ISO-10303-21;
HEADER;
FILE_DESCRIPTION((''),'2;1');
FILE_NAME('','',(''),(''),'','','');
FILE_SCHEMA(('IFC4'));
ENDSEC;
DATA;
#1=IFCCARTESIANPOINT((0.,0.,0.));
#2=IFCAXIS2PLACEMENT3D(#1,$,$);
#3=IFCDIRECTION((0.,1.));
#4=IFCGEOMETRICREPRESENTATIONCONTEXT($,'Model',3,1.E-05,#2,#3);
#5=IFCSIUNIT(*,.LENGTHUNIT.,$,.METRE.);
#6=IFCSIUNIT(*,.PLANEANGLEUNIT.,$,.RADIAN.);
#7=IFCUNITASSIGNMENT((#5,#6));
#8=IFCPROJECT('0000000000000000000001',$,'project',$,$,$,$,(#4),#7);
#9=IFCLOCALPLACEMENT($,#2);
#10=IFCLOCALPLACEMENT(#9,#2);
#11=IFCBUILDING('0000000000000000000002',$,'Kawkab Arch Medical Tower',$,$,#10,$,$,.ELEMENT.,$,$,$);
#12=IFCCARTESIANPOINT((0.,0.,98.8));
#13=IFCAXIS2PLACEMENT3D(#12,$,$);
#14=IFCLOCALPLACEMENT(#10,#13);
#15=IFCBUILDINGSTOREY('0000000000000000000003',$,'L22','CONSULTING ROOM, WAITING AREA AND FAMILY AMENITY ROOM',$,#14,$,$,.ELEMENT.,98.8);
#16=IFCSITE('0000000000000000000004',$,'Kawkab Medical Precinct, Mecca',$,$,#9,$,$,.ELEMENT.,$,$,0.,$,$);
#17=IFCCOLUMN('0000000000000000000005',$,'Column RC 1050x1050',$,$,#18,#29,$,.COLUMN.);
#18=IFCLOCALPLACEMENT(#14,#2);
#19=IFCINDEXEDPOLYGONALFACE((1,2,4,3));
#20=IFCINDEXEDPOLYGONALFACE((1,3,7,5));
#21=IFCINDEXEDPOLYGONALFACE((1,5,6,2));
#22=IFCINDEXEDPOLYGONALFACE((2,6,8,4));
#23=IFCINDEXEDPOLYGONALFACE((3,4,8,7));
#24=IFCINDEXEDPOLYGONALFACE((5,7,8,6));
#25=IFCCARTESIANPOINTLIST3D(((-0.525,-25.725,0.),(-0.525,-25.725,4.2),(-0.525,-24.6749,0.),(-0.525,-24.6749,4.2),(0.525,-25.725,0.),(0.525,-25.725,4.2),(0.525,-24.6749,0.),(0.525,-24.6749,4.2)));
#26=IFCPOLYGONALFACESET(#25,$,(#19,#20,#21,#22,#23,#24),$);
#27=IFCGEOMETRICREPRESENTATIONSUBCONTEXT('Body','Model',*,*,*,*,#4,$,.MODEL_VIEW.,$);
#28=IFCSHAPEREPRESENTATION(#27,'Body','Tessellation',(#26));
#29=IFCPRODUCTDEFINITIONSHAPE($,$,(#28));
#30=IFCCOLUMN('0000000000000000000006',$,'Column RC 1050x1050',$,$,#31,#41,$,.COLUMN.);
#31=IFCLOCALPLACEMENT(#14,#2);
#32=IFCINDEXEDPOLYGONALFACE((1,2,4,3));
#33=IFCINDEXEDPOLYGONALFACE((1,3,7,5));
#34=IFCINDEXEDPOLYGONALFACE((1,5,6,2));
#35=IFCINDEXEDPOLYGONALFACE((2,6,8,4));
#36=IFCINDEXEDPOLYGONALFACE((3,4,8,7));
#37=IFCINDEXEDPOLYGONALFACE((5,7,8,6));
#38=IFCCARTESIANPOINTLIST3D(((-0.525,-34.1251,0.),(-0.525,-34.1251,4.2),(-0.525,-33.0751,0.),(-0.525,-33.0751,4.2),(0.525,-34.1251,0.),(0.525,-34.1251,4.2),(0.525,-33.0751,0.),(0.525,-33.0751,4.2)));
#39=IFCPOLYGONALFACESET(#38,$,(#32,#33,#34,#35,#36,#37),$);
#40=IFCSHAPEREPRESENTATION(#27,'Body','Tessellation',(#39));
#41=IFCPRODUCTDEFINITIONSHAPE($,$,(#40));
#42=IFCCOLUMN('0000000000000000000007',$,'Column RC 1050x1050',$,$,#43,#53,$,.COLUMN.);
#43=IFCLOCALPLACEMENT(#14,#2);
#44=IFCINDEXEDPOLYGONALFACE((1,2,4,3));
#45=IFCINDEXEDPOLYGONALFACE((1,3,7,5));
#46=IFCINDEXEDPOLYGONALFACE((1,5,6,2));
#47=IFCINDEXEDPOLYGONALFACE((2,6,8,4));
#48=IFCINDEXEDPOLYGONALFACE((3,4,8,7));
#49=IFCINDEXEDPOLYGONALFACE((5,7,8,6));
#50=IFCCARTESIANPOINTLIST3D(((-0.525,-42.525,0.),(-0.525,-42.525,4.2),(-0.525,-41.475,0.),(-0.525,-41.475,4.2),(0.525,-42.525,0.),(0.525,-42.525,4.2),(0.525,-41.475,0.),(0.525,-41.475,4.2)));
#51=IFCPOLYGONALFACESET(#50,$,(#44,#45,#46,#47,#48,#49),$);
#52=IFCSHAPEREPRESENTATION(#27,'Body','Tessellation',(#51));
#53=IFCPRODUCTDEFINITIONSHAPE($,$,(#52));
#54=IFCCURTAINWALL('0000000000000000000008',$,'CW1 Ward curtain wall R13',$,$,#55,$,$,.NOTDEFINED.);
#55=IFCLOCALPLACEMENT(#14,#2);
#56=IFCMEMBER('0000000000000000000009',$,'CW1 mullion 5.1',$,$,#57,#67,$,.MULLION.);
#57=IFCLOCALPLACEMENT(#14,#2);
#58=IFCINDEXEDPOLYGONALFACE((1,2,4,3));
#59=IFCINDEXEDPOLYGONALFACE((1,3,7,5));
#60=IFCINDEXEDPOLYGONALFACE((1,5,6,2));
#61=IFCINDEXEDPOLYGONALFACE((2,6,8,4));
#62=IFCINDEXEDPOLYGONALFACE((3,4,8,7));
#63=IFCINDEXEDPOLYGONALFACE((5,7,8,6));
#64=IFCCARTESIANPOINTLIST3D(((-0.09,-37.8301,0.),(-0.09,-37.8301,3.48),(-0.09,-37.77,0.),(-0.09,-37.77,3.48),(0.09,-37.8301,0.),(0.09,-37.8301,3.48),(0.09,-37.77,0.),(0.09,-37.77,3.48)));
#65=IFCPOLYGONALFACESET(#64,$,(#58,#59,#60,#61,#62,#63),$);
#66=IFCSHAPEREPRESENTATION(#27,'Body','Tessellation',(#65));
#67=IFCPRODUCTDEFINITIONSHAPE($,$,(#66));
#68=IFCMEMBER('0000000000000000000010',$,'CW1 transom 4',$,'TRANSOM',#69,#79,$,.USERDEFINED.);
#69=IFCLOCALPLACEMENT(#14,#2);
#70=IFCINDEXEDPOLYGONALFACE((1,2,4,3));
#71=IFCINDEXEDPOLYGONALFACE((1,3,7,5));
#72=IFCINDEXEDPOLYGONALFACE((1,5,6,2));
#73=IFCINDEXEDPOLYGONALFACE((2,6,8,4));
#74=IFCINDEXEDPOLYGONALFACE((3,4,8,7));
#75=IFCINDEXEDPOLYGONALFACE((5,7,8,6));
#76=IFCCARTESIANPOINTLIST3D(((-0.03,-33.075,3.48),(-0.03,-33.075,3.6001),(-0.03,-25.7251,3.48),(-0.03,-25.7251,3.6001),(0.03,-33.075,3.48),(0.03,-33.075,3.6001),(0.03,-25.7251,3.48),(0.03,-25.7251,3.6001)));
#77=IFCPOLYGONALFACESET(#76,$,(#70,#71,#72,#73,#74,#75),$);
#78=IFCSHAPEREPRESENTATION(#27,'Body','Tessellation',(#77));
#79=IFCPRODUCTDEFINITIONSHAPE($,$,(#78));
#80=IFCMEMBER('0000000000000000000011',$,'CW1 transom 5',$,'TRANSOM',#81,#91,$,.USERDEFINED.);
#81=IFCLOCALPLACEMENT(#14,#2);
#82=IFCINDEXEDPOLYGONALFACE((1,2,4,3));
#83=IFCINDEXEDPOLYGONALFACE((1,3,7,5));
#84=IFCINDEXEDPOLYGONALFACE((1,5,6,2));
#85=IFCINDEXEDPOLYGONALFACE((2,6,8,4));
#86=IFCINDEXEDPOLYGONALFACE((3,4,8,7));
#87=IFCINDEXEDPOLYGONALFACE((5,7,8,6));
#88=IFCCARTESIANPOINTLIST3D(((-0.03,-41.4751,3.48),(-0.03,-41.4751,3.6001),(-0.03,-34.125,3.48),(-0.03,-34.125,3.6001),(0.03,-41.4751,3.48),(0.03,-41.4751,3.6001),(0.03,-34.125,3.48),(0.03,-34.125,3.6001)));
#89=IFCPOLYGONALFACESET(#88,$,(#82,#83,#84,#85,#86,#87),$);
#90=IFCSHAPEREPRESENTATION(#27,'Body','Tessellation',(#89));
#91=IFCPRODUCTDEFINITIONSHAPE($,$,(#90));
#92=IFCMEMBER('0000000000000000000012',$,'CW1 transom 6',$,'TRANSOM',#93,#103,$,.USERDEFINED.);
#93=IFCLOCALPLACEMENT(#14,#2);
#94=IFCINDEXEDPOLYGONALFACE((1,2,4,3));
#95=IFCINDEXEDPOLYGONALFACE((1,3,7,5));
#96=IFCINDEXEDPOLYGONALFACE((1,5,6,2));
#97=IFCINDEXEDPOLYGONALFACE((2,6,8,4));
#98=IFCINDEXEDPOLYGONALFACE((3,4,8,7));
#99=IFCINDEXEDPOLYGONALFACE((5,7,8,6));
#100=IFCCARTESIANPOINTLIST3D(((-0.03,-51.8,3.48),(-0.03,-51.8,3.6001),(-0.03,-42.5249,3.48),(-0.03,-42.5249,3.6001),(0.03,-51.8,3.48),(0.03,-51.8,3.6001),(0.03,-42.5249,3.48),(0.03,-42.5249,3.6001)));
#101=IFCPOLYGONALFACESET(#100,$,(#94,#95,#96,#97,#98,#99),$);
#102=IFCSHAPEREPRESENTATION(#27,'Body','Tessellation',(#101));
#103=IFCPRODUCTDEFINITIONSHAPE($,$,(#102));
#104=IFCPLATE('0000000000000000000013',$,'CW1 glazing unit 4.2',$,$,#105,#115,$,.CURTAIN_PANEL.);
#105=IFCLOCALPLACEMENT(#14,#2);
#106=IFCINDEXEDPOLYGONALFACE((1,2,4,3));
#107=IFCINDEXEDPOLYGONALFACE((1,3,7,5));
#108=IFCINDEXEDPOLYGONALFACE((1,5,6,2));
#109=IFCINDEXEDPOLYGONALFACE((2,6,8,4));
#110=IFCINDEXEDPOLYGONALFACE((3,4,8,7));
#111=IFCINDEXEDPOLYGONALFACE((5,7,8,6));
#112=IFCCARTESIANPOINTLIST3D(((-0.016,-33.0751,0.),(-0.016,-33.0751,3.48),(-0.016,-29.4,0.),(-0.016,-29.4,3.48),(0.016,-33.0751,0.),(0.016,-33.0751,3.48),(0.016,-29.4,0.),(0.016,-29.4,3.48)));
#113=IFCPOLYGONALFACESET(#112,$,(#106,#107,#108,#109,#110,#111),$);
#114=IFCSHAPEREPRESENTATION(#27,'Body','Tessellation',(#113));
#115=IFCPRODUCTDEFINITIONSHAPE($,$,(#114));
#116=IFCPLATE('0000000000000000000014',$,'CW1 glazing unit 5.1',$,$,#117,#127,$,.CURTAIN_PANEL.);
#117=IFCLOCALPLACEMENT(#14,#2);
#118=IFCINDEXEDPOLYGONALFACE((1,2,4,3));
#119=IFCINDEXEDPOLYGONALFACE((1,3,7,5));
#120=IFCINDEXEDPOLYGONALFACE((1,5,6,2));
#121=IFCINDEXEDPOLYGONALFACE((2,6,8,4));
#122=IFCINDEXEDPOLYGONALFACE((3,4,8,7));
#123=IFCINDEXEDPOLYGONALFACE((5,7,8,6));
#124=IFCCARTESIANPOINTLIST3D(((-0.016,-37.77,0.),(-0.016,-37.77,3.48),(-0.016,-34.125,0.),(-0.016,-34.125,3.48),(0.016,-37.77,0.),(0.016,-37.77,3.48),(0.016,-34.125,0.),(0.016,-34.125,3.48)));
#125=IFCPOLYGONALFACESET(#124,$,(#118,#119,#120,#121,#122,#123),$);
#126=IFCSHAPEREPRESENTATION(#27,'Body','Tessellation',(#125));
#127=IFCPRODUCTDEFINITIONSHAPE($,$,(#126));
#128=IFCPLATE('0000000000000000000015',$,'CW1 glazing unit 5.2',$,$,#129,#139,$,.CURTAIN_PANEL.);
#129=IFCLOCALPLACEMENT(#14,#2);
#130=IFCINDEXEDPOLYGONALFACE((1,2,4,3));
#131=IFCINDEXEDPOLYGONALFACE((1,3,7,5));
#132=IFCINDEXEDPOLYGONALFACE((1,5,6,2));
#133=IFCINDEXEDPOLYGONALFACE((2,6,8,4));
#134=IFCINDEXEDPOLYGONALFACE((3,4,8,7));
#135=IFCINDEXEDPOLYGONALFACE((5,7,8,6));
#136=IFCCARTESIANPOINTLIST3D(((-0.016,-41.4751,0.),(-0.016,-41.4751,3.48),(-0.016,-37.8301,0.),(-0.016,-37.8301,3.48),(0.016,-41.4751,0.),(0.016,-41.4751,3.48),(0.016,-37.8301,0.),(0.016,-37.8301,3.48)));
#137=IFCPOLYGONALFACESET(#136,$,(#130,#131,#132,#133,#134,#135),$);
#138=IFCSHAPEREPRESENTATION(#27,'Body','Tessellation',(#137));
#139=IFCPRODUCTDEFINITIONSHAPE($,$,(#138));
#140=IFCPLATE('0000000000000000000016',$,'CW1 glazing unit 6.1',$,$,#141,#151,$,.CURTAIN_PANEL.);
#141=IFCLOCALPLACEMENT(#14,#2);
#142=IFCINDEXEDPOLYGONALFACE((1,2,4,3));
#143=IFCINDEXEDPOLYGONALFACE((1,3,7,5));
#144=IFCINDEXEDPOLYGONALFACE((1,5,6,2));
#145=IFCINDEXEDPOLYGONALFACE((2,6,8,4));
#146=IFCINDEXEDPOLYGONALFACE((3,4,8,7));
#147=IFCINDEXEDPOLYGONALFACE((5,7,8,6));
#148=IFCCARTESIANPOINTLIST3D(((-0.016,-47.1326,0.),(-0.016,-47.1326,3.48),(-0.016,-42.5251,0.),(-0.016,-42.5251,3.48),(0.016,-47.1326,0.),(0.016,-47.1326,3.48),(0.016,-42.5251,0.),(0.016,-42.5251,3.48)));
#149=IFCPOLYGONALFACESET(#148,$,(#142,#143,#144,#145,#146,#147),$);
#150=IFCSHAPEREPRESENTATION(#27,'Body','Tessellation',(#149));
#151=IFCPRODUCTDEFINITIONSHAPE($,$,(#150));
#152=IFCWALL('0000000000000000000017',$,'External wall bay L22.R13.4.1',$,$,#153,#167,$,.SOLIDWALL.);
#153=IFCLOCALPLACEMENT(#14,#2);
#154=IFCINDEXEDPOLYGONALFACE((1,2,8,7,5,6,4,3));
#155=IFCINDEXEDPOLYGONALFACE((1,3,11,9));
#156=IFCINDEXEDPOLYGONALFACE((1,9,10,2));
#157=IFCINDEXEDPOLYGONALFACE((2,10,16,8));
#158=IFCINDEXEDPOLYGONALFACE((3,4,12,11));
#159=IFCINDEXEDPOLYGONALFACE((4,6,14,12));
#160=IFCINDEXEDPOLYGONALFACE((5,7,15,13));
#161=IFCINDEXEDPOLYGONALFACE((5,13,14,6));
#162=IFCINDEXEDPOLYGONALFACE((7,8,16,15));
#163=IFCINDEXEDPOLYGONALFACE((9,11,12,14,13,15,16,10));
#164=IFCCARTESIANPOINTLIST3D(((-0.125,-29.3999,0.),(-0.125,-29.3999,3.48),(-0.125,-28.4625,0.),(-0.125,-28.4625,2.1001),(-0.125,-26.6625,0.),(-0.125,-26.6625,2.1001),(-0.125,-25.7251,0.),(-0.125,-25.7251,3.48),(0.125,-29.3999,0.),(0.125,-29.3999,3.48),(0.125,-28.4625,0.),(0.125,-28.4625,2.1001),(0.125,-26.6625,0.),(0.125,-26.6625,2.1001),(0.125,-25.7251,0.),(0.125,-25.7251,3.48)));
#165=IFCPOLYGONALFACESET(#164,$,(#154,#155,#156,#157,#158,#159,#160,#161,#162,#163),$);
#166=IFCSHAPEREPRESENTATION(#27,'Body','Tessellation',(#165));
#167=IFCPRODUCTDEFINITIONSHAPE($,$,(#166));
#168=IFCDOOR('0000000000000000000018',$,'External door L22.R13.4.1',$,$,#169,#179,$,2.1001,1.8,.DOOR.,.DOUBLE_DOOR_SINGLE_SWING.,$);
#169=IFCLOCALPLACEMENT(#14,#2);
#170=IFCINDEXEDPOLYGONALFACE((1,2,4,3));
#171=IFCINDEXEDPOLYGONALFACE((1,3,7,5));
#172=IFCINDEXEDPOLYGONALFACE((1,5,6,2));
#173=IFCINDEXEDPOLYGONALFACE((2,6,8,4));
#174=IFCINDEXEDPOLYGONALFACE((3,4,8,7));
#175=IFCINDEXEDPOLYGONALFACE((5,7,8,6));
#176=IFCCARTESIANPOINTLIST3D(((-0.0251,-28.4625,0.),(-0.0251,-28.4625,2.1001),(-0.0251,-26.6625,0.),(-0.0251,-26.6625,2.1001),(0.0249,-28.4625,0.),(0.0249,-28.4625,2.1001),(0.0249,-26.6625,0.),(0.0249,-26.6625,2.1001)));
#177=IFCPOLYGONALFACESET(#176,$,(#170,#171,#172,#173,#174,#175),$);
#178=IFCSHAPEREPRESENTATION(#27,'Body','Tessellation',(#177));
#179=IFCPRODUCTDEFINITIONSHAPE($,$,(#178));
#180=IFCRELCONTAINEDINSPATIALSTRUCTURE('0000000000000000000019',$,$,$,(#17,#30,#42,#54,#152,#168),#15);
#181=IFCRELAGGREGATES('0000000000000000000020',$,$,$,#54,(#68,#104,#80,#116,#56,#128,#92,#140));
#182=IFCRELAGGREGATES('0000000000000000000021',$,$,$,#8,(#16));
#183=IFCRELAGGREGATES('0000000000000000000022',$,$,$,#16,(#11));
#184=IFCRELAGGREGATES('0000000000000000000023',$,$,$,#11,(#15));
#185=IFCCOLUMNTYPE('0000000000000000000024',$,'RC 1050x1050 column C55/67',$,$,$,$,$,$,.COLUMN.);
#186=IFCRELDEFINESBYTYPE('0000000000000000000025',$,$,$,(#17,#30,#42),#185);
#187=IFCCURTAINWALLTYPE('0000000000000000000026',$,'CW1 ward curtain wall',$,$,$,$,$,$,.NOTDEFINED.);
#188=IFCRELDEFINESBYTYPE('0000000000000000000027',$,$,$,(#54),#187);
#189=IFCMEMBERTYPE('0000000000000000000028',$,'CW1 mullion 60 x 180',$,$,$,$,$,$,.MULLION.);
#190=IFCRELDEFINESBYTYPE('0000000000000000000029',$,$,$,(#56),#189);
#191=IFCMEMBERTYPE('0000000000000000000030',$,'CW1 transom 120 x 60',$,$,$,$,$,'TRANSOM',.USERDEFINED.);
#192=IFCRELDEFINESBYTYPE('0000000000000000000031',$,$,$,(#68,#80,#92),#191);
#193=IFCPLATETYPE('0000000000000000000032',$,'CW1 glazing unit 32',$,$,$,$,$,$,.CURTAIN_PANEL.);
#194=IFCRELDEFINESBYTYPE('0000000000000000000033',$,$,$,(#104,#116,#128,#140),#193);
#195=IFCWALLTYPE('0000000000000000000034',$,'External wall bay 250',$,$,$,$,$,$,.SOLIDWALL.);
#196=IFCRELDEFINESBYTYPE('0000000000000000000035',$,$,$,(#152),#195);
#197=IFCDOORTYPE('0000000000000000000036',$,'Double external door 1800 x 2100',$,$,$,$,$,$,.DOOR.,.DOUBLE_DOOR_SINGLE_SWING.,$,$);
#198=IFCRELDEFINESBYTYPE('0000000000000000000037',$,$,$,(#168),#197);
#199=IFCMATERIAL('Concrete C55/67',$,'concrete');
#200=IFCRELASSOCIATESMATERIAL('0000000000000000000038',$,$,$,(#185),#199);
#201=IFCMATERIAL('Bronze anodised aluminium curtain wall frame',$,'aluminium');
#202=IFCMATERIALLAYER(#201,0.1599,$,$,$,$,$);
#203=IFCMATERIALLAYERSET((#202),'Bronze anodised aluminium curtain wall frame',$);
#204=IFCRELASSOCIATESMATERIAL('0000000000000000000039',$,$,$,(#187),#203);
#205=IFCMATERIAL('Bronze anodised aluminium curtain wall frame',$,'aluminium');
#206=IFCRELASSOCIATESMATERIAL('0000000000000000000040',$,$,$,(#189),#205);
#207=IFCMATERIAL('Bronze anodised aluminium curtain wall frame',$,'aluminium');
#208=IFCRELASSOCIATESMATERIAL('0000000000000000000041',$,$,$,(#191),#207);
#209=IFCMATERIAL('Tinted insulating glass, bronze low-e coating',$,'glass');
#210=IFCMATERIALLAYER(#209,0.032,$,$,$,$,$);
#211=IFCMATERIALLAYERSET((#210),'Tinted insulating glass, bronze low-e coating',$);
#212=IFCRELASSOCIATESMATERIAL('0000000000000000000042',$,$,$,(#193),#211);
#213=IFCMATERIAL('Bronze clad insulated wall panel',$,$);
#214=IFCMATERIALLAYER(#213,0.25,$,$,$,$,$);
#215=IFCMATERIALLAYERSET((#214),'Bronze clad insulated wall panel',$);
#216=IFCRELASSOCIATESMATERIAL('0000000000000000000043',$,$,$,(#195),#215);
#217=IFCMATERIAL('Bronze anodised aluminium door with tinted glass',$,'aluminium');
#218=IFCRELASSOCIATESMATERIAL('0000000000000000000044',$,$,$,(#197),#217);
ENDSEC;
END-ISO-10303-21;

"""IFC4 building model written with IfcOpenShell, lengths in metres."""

from ifc_helpers import new_model, si_unit, direction, frame, frame_2d, origin, origin_2d, place, context, subcontext, project, spatial, rectangle, extrude, material, layer, layer_set, material_profile, profile_set, type_object, element, fill, aggregate, save


model = new_model("IFC4")

# Units and contexts
model_context = context("Model", 3, precision=1e-05, world=origin(), true_north=direction((0.0, 1.0)))
body_context = subcontext(model_context, "Body", "Model", "MODEL_VIEW")
ifc_project = project(units=[si_unit("LENGTHUNIT", "METRE"), si_unit("PLANEANGLEUNIT", "RADIAN")], contexts=[model_context])

# Site, building, storey
site_placement = place(None, origin())
site = spatial("IfcSite", under=ifc_project, at=site_placement, Name="Kawkab Medical Precinct, Mecca", CompositionType="ELEMENT", RefElevation=0.0)
building_placement = place(site_placement, origin())
building = spatial("IfcBuilding", under=site, at=building_placement, Name="Kawkab Arch Medical Tower", CompositionType="ELEMENT")
storey_placement = place(building_placement, frame((0.0, 0.0, 98.8)))
storey = spatial("IfcBuildingStorey", under=building, at=storey_placement, Name="L22", Description="CONSULTING ROOM, WAITING AREA AND FAMILY AMENITY ROOM", CompositionType="ELEMENT", Elevation=98.8)

# Columns
ifc_material_1 = material(Name="Concrete C55/67", Category="concrete")
ifc_material_profile_1 = material_profile(ifc_material_1, rectangle(XDim=1.05, YDim=1.05, at=origin_2d()), Name="RC 1050x1050")
ifc_profile_set_1 = profile_set([ifc_material_profile_1], Name="Concrete C55/67")
column_type = type_object("IfcColumnType", Name="RC 1050x1050 column C55/67", PredefinedType="COLUMN", material=ifc_profile_set_1)
for number, where, z_axis, x_axis, name in (
    (1, (0.0, -25.2, 0.0), (0.0, 0.0, 1.0), (1.0, 0.0, 0.0), "Column RC 1050x1050"),
    (2, (0.0, -33.6001, 0.0), (0.0, 0.0, 1.0), (1.0, 0.0, 0.0), "Column RC 1050x1050"),
    (3, (0.0, -42.0, 0.0), (0.0, 0.0, 1.0), (1.0, 0.0, 0.0), "Column RC 1050x1050"),
):
    element("IfcColumn", number, at=place(storey_placement, frame(where, z_axis=z_axis, x_axis=x_axis)), inside=storey, type_object=column_type, Name=name, PredefinedType="COLUMN", context=body_context, shape_type="SweptSolid", body=[
        extrude(rectangle(XDim=1.05, YDim=1.05, at=origin_2d()), origin(), (0.0, 0.0, 1.0), 4.2),
    ])

# Curtain wall, members, plates
ifc_material_2 = material(Name="Bronze anodised aluminium curtain wall frame", Category="aluminium")
ifc_layer_1 = layer(ifc_material_2, 0.1599)
ifc_layer_set_1 = layer_set([ifc_layer_1], Name="Bronze anodised aluminium curtain wall frame")
curtain_wall_type = type_object("IfcCurtainWallType", Name="CW1 ward curtain wall", PredefinedType="NOTDEFINED", material=ifc_layer_set_1)
placement = place(storey_placement, origin())
curtain_wall = element("IfcCurtainWall", 4, at=placement, inside=storey, type_object=curtain_wall_type, Name="CW1 Ward curtain wall R13", PredefinedType="NOTDEFINED")
ifc_material_3 = material(Name="Bronze anodised aluminium curtain wall frame", Category="aluminium")
ifc_material_profile_2 = material_profile(ifc_material_3, rectangle(XDim=0.1799, YDim=0.0601, at=origin_2d()), Name="AL 60x180")
ifc_profile_set_2 = profile_set([ifc_material_profile_2], Name="Bronze anodised aluminium curtain wall frame")
member_type_1 = type_object("IfcMemberType", Name="CW1 mullion 60 x 180", PredefinedType="MULLION", material=ifc_profile_set_2)
member_1_placement = place(storey_placement, frame((0.0, -37.8, 0.0), z_axis=(0.0, 0.0, 1.0), x_axis=(1.0, 0.0, 0.0)))
member_1 = element("IfcMember", 5, at=member_1_placement, type_object=member_type_1, Name="CW1 mullion 5.1", PredefinedType="MULLION", context=body_context, shape_type="SweptSolid", body=[
    extrude(rectangle(XDim=0.1799, YDim=0.0601, at=origin_2d()), origin(), (0.0, 0.0, 1.0), 3.48),
])
ifc_material_4 = material(Name="Bronze anodised aluminium curtain wall frame", Category="aluminium")
ifc_material_profile_3 = material_profile(ifc_material_4, rectangle(XDim=0.0601, YDim=0.1201, at=origin_2d()), Name="AL 60x120")
ifc_profile_set_3 = profile_set([ifc_material_profile_3], Name="Bronze anodised aluminium curtain wall frame")
member_type_2 = type_object("IfcMemberType", Name="CW1 transom 120 x 60", ElementType="TRANSOM", PredefinedType="USERDEFINED", material=ifc_profile_set_3)
member_2_placement = place(storey_placement, frame((0.0, -25.7251, 3.54), z_axis=(0.0, -1.0, 0.0), x_axis=(1.0, 0.0, 0.0)))
member_2 = element("IfcMember", 6, at=member_2_placement, type_object=member_type_2, Name="CW1 transom 4", ObjectType="TRANSOM", PredefinedType="USERDEFINED", context=body_context, shape_type="SweptSolid", body=[
    extrude(rectangle(XDim=0.0601, YDim=0.1201, at=origin_2d()), origin(), (0.0, 0.0, 1.0), 7.3499),
])
member_3_placement = place(storey_placement, frame((0.0, -34.125, 3.54), z_axis=(0.0, -1.0, 0.0), x_axis=(1.0, 0.0, 0.0)))
member_3 = element("IfcMember", 7, at=member_3_placement, type_object=member_type_2, Name="CW1 transom 5", ObjectType="TRANSOM", PredefinedType="USERDEFINED", context=body_context, shape_type="SweptSolid", body=[
    extrude(rectangle(XDim=0.0601, YDim=0.1201, at=origin_2d()), origin(), (0.0, 0.0, 1.0), 7.3501),
])
member_4_placement = place(storey_placement, frame((0.0, -42.5249, 3.54), z_axis=(0.0, -1.0, 0.0), x_axis=(1.0, 0.0, 0.0)))
member_4 = element("IfcMember", 8, at=member_4_placement, type_object=member_type_2, Name="CW1 transom 6", ObjectType="TRANSOM", PredefinedType="USERDEFINED", context=body_context, shape_type="SweptSolid", body=[
    extrude(rectangle(XDim=0.0601, YDim=0.1201, at=origin_2d()), origin(), (0.0, 0.0, 1.0), 9.2751),
])
ifc_material_5 = material(Name="Tinted insulating glass, bronze low-e coating", Category="glass")
ifc_layer_2 = layer(ifc_material_5, 0.032)
ifc_layer_set_2 = layer_set([ifc_layer_2], Name="Tinted insulating glass, bronze low-e coating")
plate_type = type_object("IfcPlateType", Name="CW1 glazing unit 32", PredefinedType="CURTAIN_PANEL", material=ifc_layer_set_2)
plate_1_placement = place(storey_placement, frame((0.0, -31.2375, 0.0), z_axis=(0.0, 0.0, 1.0), x_axis=(0.0, -1.0, 0.0)))
plate_1 = element("IfcPlate", 9, at=plate_1_placement, type_object=plate_type, Name="CW1 glazing unit 4.2", PredefinedType="CURTAIN_PANEL", context=body_context, shape_type="SweptSolid", body=[
    extrude(rectangle(XDim=3.675, YDim=0.032, at=origin_2d()), origin(), (0.0, 0.0, 1.0), 3.48),
])
plate_2_placement = place(storey_placement, frame((0.0, -35.9475, 0.0), z_axis=(0.0, 0.0, 1.0), x_axis=(0.0, -1.0, 0.0)))
plate_2 = element("IfcPlate", 10, at=plate_2_placement, type_object=plate_type, Name="CW1 glazing unit 5.1", PredefinedType="CURTAIN_PANEL", context=body_context, shape_type="SweptSolid", body=[
    extrude(rectangle(XDim=3.645, YDim=0.032, at=origin_2d()), origin(), (0.0, 0.0, 1.0), 3.48),
])
plate_3_placement = place(storey_placement, frame((0.0, -39.6526, 0.0), z_axis=(0.0, 0.0, 1.0), x_axis=(0.0, -1.0, 0.0)))
plate_3 = element("IfcPlate", 11, at=plate_3_placement, type_object=plate_type, Name="CW1 glazing unit 5.2", PredefinedType="CURTAIN_PANEL", context=body_context, shape_type="SweptSolid", body=[
    extrude(rectangle(XDim=3.645, YDim=0.032, at=origin_2d()), origin(), (0.0, 0.0, 1.0), 3.48),
])
plate_4_placement = place(storey_placement, frame((0.0, -44.8289, 0.0), z_axis=(0.0, 0.0, 1.0), x_axis=(0.0, -1.0, 0.0)))
plate_4 = element("IfcPlate", 12, at=plate_4_placement, type_object=plate_type, Name="CW1 glazing unit 6.1", PredefinedType="CURTAIN_PANEL", context=body_context, shape_type="SweptSolid", body=[
    extrude(rectangle(XDim=4.6074, YDim=0.032, at=origin_2d()), origin(), (0.0, 0.0, 1.0), 3.48),
])
aggregate(curtain_wall, [member_2, plate_1, member_3, plate_2, member_1, plate_3, member_4, plate_4])

# Wall, opening, door
ifc_material_6 = material(Name="Bronze clad insulated wall panel")
ifc_layer_3 = layer(ifc_material_6, 0.25)
ifc_layer_set_3 = layer_set([ifc_layer_3], Name="Bronze clad insulated wall panel")
wall_type_1 = type_object("IfcWallType", Name="External wall bay 250", PredefinedType="SOLIDWALL", material=ifc_layer_set_3)
wall_1_placement = place(storey_placement, frame((0.0, -25.7251, 0.0), z_axis=(0.0, 0.0, 1.0), x_axis=(0.0, -1.0, 0.0)))
wall_1 = element("IfcWall", 13, at=wall_1_placement, inside=storey, type_object=wall_type_1, Name="External wall bay L22.R13.4.1", PredefinedType="SOLIDWALL", context=body_context, shape_type="SweptSolid", body=[
    extrude(rectangle(XDim=3.6748, YDim=0.25, at=frame_2d((1.8374, 0.0))), origin(), (0.0, 0.0, 1.0), 3.48),
])
opening_1_placement = place(wall_1_placement, frame((0.9375, 0.0, 0.0)))
opening_1 = element("IfcOpeningElement", 14, at=opening_1_placement, cuts=wall_1, PredefinedType="OPENING", context=body_context, shape_type="SweptSolid", body=[
    extrude(rectangle(XDim=1.8, YDim=2.1001, at=frame_2d((0.8999, 1.05))), frame((0.0, 0.135, 0.0), z_axis=(0.0, -1.0, 0.0), x_axis=(1.0, 0.0, 0.0)), (0.0, 0.0, 1.0), 0.27),
])
ifc_material_7 = material(Name="Bronze anodised aluminium door with tinted glass", Category="aluminium")
door_type_1 = type_object("IfcDoorType", Name="Double external door 1800 x 2100", OperationType="DOUBLE_DOOR_SINGLE_SWING", PredefinedType="DOOR", material=ifc_material_7)
door_1_placement = place(opening_1_placement, origin())
door_1 = element("IfcDoor", 15, at=door_1_placement, inside=storey, type_object=door_type_1, Name="External door L22.R13.4.1", OperationType="DOUBLE_DOOR_SINGLE_SWING", OverallHeight=2.1001, OverallWidth=1.8, PredefinedType="DOOR", context=body_context, shape_type="SweptSolid", body=[
    extrude(rectangle(XDim=1.8, YDim=2.1001, at=frame_2d((0.8999, 1.05))), frame((0.0, 0.0249, 0.0), z_axis=(0.0, -1.0, 0.0), x_axis=(1.0, 0.0, 0.0)), (0.0, 0.0, 1.0), 0.05),
])
fill(opening_1, door_1)

save(model, "model.ifc")
